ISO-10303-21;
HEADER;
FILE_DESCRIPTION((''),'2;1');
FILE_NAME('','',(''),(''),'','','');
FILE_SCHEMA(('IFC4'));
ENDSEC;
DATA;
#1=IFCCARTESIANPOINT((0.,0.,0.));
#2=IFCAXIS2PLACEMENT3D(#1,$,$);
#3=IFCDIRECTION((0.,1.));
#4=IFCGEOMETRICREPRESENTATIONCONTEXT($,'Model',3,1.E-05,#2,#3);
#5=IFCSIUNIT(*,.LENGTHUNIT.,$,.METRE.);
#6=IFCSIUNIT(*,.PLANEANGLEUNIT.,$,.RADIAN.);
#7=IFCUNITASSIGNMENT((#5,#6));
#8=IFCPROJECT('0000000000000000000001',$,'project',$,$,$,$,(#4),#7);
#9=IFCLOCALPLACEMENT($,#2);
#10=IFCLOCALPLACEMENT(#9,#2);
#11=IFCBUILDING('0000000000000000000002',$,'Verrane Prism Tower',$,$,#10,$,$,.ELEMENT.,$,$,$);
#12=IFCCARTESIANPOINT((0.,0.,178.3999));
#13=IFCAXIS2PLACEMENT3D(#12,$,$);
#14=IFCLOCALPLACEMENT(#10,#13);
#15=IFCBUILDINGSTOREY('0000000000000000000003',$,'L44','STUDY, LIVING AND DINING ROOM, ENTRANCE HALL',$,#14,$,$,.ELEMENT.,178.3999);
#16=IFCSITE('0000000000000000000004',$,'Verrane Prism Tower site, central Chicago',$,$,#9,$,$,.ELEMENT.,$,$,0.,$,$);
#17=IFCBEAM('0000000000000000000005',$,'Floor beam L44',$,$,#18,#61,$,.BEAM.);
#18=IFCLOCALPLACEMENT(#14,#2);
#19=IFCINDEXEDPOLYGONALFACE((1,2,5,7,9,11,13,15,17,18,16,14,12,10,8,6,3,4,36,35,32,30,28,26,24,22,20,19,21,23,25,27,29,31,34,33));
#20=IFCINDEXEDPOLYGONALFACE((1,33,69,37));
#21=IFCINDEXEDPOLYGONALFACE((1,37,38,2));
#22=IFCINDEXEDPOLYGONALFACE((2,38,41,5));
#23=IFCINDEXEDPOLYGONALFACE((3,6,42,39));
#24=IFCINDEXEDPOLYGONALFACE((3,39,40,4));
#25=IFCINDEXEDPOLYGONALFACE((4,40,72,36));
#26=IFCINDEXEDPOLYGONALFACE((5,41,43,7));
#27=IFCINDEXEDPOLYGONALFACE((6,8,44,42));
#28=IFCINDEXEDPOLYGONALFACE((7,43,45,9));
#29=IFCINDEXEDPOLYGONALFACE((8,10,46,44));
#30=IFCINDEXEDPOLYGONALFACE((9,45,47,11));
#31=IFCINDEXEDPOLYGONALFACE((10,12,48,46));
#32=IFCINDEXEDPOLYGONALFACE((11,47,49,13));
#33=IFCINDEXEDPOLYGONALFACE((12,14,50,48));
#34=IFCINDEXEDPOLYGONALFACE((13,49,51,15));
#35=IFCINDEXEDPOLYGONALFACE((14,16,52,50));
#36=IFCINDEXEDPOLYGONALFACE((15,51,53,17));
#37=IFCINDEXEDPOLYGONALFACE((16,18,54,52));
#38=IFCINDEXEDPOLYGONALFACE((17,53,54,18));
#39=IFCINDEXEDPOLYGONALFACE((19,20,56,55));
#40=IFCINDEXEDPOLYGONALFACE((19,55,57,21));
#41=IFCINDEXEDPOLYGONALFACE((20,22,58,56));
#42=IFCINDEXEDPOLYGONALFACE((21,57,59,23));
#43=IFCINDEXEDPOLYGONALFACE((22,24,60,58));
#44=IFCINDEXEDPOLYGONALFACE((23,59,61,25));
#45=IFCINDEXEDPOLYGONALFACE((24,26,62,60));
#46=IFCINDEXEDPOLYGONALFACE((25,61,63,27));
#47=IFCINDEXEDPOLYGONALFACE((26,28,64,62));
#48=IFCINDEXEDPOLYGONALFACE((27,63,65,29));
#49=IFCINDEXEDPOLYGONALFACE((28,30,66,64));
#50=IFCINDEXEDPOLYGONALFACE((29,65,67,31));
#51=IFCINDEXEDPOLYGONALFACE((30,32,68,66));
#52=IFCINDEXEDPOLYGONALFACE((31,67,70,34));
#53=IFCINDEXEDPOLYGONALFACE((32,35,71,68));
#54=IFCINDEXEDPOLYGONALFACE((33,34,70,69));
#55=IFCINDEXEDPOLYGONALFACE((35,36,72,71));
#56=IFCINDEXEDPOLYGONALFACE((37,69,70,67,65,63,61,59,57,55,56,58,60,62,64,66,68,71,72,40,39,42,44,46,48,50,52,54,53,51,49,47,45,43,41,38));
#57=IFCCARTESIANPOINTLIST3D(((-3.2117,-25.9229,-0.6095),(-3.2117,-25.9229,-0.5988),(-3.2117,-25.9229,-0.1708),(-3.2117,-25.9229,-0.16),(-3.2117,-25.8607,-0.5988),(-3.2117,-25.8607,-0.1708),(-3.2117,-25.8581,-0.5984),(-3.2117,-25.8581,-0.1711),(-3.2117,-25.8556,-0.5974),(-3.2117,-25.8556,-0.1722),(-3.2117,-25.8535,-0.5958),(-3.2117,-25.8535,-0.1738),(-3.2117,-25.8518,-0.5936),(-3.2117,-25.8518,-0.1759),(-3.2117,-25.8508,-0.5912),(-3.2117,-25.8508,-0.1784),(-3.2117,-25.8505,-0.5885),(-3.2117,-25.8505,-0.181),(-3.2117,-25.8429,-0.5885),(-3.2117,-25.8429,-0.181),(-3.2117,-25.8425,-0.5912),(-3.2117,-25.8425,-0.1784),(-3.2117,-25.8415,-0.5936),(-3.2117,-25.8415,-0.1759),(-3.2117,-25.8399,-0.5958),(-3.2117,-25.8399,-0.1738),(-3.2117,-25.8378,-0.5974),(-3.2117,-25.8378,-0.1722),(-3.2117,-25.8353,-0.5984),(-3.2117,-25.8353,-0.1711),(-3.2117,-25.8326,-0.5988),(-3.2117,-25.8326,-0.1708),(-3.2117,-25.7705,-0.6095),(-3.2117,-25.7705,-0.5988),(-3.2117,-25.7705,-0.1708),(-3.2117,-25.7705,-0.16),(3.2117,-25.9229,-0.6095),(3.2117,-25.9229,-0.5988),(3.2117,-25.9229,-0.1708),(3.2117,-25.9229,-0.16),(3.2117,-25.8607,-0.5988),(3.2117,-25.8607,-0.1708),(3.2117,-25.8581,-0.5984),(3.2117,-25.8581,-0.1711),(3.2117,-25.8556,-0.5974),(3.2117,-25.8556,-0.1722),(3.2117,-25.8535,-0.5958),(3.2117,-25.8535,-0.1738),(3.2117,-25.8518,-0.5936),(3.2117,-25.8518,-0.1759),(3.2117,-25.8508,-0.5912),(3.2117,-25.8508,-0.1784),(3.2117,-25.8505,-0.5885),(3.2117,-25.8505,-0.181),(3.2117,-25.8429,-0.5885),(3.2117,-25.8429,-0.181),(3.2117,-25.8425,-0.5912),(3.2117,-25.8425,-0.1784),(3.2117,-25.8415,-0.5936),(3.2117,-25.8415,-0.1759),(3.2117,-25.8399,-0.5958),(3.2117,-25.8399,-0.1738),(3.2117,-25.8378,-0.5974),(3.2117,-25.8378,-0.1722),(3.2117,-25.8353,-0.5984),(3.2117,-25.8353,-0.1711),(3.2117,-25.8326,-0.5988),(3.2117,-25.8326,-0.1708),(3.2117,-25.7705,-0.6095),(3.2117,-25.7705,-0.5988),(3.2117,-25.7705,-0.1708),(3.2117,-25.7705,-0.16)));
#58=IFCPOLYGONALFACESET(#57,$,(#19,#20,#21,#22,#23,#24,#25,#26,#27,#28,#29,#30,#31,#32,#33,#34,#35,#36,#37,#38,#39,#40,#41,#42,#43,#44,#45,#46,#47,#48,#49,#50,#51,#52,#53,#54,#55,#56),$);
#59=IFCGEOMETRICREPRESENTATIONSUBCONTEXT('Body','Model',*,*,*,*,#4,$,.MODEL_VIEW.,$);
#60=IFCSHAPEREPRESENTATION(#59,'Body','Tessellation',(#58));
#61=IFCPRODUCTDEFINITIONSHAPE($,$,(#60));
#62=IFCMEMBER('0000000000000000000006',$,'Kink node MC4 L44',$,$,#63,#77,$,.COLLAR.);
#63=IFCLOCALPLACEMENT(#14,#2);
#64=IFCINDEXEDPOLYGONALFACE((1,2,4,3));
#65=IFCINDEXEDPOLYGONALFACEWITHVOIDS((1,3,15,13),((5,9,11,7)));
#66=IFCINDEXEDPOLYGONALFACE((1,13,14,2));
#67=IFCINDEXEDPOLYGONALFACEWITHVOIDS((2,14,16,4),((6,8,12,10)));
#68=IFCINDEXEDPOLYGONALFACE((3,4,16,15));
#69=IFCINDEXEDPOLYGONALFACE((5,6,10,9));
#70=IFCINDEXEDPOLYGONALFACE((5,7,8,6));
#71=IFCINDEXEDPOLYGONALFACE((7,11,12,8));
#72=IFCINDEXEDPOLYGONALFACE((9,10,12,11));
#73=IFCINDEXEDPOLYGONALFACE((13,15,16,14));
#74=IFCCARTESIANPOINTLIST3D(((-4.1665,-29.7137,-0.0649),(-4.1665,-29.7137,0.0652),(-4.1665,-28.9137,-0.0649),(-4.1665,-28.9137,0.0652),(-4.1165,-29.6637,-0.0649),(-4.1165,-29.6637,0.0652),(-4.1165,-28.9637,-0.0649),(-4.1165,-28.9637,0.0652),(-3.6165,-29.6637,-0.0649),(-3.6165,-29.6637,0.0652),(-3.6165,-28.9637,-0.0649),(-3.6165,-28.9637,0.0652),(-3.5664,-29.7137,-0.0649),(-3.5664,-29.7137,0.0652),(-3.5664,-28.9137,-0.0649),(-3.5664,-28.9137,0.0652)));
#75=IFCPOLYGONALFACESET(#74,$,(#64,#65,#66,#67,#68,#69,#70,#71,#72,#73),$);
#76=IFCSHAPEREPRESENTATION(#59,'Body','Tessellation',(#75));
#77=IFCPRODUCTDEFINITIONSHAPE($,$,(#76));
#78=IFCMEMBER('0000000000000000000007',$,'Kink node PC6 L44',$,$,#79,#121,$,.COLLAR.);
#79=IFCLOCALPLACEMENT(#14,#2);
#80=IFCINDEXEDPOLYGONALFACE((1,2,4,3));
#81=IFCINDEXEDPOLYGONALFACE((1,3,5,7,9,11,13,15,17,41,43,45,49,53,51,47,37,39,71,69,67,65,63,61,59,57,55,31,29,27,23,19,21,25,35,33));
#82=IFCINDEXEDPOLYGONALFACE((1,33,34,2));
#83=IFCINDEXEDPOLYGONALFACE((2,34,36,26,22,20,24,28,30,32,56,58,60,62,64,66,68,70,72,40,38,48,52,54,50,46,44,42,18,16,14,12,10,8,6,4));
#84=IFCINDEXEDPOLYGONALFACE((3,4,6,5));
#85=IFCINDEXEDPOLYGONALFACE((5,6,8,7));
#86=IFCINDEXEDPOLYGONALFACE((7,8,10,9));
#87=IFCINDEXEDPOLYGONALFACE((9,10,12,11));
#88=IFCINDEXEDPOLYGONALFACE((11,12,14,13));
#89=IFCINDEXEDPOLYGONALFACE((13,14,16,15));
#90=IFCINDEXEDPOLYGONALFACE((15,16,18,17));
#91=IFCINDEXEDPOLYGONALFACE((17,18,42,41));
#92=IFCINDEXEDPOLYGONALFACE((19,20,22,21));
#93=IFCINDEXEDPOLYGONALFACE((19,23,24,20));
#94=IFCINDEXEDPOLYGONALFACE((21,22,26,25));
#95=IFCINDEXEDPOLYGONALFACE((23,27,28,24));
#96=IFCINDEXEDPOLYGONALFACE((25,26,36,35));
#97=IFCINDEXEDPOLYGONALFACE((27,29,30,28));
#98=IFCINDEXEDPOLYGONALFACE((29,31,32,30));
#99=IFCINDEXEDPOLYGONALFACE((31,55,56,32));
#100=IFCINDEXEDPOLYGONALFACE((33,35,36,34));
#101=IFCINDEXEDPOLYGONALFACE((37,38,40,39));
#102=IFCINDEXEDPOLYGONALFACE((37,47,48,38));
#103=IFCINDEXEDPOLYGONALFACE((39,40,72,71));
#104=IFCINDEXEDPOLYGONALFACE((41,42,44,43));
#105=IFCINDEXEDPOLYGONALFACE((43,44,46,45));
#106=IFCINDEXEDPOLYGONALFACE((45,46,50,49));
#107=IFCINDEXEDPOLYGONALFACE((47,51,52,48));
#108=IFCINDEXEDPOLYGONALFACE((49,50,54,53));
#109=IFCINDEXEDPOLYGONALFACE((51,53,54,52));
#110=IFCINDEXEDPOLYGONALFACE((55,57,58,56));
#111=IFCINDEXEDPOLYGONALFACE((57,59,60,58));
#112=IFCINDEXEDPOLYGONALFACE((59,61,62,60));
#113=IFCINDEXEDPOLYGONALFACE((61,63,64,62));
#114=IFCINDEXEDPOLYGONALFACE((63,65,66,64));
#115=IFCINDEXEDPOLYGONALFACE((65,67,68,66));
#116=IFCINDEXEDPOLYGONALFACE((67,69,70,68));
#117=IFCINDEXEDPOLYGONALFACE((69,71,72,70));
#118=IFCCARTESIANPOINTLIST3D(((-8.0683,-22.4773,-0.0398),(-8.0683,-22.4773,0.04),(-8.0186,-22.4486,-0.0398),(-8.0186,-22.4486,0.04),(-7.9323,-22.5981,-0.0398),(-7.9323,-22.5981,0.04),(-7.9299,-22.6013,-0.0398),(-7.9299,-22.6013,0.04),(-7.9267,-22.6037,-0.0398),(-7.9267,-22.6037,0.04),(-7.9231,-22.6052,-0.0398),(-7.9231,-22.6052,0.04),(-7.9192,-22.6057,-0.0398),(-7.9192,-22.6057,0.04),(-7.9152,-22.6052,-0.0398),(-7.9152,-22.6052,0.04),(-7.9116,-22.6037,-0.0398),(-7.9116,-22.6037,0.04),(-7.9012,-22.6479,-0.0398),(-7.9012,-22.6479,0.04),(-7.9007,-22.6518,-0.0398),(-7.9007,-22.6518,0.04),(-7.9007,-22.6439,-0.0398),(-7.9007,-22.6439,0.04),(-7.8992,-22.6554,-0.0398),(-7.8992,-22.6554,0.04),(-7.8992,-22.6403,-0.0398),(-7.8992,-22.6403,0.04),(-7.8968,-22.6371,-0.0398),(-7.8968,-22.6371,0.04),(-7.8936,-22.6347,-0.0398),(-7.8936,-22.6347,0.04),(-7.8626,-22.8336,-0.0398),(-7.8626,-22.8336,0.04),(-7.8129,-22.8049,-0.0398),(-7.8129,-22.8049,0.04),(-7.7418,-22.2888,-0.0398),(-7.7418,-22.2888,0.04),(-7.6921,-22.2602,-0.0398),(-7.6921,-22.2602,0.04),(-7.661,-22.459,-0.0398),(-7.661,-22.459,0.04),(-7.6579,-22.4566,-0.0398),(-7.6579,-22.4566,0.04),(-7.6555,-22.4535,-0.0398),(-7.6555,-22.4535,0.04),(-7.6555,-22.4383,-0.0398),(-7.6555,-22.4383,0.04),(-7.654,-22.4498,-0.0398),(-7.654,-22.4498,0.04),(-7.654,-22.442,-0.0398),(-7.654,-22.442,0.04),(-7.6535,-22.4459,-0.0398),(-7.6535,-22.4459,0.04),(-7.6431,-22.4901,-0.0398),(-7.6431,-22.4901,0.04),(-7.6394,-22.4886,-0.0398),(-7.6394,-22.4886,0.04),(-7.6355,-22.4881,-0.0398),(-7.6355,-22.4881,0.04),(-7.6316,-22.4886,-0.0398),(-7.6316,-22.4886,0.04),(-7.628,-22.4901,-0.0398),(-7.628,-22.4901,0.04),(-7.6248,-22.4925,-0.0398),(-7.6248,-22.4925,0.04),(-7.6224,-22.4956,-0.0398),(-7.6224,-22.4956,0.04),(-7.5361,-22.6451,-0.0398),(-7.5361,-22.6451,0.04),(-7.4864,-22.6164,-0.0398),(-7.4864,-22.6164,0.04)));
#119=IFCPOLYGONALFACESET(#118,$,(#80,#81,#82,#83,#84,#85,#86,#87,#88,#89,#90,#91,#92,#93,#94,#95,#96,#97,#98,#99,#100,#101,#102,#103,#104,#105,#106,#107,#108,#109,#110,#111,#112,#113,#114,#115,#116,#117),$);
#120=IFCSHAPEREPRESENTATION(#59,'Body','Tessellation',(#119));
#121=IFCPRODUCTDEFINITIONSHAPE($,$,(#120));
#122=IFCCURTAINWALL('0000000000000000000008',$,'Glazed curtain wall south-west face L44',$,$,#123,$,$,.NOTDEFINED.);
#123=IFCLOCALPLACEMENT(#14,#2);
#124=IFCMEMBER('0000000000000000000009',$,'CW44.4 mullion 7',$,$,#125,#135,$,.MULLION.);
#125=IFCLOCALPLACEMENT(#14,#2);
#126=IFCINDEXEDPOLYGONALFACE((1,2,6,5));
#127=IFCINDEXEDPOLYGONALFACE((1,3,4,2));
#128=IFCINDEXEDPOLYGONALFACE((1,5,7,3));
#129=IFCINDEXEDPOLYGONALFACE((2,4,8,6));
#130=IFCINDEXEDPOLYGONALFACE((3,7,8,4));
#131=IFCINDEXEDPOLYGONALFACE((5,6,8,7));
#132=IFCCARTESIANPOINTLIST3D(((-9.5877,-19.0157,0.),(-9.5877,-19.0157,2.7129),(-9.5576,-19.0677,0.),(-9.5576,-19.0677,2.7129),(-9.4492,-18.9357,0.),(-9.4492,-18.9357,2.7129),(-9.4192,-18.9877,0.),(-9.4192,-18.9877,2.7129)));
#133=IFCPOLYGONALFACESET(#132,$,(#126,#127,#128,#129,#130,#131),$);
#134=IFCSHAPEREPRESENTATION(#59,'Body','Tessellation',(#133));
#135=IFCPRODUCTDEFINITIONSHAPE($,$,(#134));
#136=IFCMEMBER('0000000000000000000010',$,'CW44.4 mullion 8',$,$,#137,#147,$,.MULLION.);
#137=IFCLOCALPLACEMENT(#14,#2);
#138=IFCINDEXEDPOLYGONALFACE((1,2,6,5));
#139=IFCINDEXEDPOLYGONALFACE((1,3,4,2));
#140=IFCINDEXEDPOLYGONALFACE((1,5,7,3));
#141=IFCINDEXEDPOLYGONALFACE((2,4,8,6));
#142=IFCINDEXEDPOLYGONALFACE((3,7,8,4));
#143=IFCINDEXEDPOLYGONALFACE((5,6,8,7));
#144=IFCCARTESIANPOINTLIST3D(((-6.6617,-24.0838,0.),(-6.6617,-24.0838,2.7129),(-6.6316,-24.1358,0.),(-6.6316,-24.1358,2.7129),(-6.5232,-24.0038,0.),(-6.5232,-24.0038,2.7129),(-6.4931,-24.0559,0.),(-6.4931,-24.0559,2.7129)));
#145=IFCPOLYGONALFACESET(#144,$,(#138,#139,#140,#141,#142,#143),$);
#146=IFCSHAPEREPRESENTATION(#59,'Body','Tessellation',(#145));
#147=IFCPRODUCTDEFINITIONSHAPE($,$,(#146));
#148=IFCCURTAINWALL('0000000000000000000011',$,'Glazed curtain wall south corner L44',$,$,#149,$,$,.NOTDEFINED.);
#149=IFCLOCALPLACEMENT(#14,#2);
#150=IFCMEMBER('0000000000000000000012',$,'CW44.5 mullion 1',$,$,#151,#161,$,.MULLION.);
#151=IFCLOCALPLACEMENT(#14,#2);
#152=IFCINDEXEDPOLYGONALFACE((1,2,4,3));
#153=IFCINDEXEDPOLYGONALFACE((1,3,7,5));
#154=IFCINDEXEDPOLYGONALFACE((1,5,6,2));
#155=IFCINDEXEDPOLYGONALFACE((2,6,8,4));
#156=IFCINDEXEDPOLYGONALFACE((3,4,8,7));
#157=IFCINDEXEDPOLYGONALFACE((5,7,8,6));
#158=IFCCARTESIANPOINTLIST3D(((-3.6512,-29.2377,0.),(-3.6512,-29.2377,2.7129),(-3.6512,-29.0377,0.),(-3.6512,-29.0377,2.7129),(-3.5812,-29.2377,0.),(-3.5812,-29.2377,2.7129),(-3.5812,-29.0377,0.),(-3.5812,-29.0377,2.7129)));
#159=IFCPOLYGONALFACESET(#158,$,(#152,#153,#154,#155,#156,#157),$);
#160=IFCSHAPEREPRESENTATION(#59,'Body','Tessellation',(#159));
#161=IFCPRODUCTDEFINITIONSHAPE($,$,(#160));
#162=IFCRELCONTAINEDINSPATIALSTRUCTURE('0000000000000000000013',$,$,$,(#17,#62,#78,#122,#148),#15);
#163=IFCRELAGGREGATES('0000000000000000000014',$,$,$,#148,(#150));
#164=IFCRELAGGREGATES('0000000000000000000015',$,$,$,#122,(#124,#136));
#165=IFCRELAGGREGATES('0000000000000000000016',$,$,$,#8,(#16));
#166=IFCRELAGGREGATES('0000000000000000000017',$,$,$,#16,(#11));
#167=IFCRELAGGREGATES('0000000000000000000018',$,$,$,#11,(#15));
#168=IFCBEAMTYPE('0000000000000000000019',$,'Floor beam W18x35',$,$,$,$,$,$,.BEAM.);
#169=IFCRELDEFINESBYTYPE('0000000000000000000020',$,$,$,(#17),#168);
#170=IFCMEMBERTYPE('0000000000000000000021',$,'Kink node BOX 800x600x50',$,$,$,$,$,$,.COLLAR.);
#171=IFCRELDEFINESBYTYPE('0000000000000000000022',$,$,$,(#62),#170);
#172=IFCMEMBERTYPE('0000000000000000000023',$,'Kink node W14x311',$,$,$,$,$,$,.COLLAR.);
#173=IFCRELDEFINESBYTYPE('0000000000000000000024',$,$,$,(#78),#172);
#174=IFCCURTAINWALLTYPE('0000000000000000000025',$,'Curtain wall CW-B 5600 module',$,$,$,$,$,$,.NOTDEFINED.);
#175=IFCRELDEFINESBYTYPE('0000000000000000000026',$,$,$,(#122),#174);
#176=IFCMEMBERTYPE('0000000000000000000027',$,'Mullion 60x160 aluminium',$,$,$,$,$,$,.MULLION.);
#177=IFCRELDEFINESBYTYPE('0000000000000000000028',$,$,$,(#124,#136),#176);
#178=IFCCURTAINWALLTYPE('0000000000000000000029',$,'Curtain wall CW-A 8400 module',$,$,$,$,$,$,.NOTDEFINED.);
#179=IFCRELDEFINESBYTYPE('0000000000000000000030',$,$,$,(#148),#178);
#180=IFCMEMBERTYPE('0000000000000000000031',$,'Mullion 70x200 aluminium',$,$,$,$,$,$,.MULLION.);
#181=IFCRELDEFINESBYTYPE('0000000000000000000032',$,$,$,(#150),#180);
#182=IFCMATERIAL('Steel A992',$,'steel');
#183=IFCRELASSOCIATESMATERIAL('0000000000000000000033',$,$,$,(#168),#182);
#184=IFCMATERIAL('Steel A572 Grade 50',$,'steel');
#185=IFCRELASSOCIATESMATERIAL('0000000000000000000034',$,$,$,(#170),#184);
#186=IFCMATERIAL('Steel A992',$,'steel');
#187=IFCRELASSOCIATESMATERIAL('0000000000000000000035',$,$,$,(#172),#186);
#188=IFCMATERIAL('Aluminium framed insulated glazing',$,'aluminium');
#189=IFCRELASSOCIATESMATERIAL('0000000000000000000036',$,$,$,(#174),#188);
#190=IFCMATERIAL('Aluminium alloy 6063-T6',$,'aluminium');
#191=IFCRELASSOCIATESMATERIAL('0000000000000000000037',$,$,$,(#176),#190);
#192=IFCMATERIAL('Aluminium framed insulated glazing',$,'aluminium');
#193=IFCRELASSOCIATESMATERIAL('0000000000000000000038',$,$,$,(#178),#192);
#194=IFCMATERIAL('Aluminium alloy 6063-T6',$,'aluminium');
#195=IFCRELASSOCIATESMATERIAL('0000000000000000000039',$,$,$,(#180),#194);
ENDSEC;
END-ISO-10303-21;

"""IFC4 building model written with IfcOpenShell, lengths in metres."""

from ifc_helpers import new_model, si_unit, direction, frame, origin, origin_2d, place, context, subcontext, project, spatial, rectangle, hollow_rectangle, i_section, extrude, material, material_profile, profile_set, type_object, element, aggregate, save


model = new_model("IFC4")

# Units and contexts
model_context = context("Model", 3, precision=1e-05, world=origin(), true_north=direction((0.0, 1.0)))
body_context = subcontext(model_context, "Body", "Model", "MODEL_VIEW")
ifc_project = project(units=[si_unit("LENGTHUNIT", "METRE"), si_unit("PLANEANGLEUNIT", "RADIAN")], contexts=[model_context])

# Site, building, storey
site_placement = place(None, origin())
site = spatial("IfcSite", under=ifc_project, at=site_placement, Name="Verrane Prism Tower site, central Chicago", CompositionType="ELEMENT", RefElevation=0.0)
building_placement = place(site_placement, origin())
building = spatial("IfcBuilding", under=site, at=building_placement, Name="Verrane Prism Tower", CompositionType="ELEMENT")
storey_placement = place(building_placement, frame((0.0, 0.0, 178.3999)))
storey = spatial("IfcBuildingStorey", under=building, at=storey_placement, Name="L44", Description="STUDY, LIVING AND DINING ROOM, ENTRANCE HALL", CompositionType="ELEMENT", Elevation=178.3999)

# Beam
ifc_material_1 = material(Name="Steel A992", Category="steel")
ifc_material_profile_1 = material_profile(ifc_material_1, i_section(OverallWidth=0.1523, OverallDepth=0.4495, WebThickness=0.0076, FlangeThickness=0.0107, FilletRadius=0.0103, at=origin_2d()), Name="W18x35")
ifc_profile_set_1 = profile_set([ifc_material_profile_1], Name="Steel A992")
beam_type_1 = type_object("IfcBeamType", Name="Floor beam W18x35", PredefinedType="BEAM", material=ifc_profile_set_1)
beam_1_placement = place(storey_placement, frame((-3.2117, -25.8467, -0.3848), z_axis=(1.0, 0.0, 0.0), x_axis=(0.0, 1.0, 0.0)))
element("IfcBeam", 1, at=beam_1_placement, inside=storey, type_object=beam_type_1, Name="Floor beam L44", PredefinedType="BEAM", context=body_context, shape_type="SweptSolid", body=[
    extrude(i_section(OverallWidth=0.1523, OverallDepth=0.4495, WebThickness=0.0076, FlangeThickness=0.0107, FilletRadius=0.0103, at=origin_2d()), origin(), (0.0, 0.0, 1.0), 6.4233),
])

# Members
ifc_material_2 = material(Name="Steel A572 Grade 50", Category="steel")
ifc_material_profile_2 = material_profile(ifc_material_2, hollow_rectangle(XDim=0.6001, YDim=0.8, WallThickness=0.05, at=origin_2d()), Name="BOX 800x600x50")
ifc_profile_set_2 = profile_set([ifc_material_profile_2], Name="Steel A572 Grade 50")
member_type_1 = type_object("IfcMemberType", Name="Kink node BOX 800x600x50", PredefinedType="COLLAR", material=ifc_profile_set_2)
member_1_placement = place(storey_placement, frame((-3.8665, -29.3137, -0.0649), z_axis=(0.0, 0.0, 1.0), x_axis=(-1.0, 0.0, 0.0)))
element("IfcMember", 2, at=member_1_placement, inside=storey, type_object=member_type_1, Name="Kink node MC4 L44", PredefinedType="COLLAR", context=body_context, shape_type="SweptSolid", body=[
    extrude(hollow_rectangle(XDim=0.6001, YDim=0.8, WallThickness=0.05, at=origin_2d()), origin(), (0.0, 0.0, 1.0), 0.1301),
])
ifc_material_3 = material(Name="Steel A992", Category="steel")
ifc_material_profile_3 = material_profile(ifc_material_3, i_section(OverallWidth=0.4114, OverallDepth=0.4343, WebThickness=0.0359, FlangeThickness=0.0574, FilletRadius=0.0151, at=origin_2d()), Name="W14x311")
ifc_profile_set_3 = profile_set([ifc_material_profile_3], Name="Steel A992")
member_type_2 = type_object("IfcMemberType", Name="Kink node W14x311", PredefinedType="COLLAR", material=ifc_profile_set_3)
member_2_placement = place(storey_placement, frame((-7.7773, -22.5469, -0.0398), z_axis=(0.0, 0.0, 1.0), x_axis=(-0.5, 0.866025, 0.0)))
element("IfcMember", 3, at=member_2_placement, inside=storey, type_object=member_type_2, Name="Kink node PC6 L44", PredefinedType="COLLAR", context=body_context, shape_type="SweptSolid", body=[
    extrude(i_section(OverallWidth=0.4114, OverallDepth=0.4343, WebThickness=0.0359, FlangeThickness=0.0574, FilletRadius=0.0151, at=origin_2d()), origin(), (0.0, 0.0, 1.0), 0.0798),
])

# Curtain wall, members
ifc_material_4 = material(Name="Aluminium framed insulated glazing", Category="aluminium")
curtain_wall_type_1 = type_object("IfcCurtainWallType", Name="Curtain wall CW-B 5600 module", PredefinedType="NOTDEFINED", material=ifc_material_4)
curtain_wall_1_placement = place(storey_placement, origin())
curtain_wall_1 = element("IfcCurtainWall", 4, at=curtain_wall_1_placement, inside=storey, type_object=curtain_wall_type_1, Name="Glazed curtain wall south-west face L44", PredefinedType="NOTDEFINED")
ifc_material_5 = material(Name="Aluminium alloy 6063-T6", Category="aluminium")
ifc_material_profile_4 = material_profile(ifc_material_5, rectangle(XDim=0.1599, YDim=0.0601, at=origin_2d()), Name="Mullion 60x160 aluminium")
ifc_profile_set_4 = profile_set([ifc_material_profile_4], Name="Aluminium alloy 6063-T6")
member_type_3 = type_object("IfcMemberType", Name="Mullion 60x160 aluminium", PredefinedType="MULLION", material=ifc_profile_set_4)
member_3_placement = place(storey_placement, frame((-9.5034, -19.0017, 0.0), z_axis=(0.0, 0.0, 1.0), x_axis=(0.866026, 0.499999, 0.0)))
member_3 = element("IfcMember", 5, at=member_3_placement, type_object=member_type_3, Name="CW44.4 mullion 7", PredefinedType="MULLION", context=body_context, shape_type="SweptSolid", body=[
    extrude(rectangle(XDim=0.1599, YDim=0.0601, at=origin_2d()), origin(), (0.0, 0.0, 1.0), 2.7129),
])
member_4_placement = place(storey_placement, frame((-6.5774, -24.0698, 0.0), z_axis=(0.0, 0.0, 1.0), x_axis=(0.866026, 0.499999, 0.0)))
member_4 = element("IfcMember", 6, at=member_4_placement, type_object=member_type_3, Name="CW44.4 mullion 8", PredefinedType="MULLION", context=body_context, shape_type="SweptSolid", body=[
    extrude(rectangle(XDim=0.1599, YDim=0.0601, at=origin_2d()), origin(), (0.0, 0.0, 1.0), 2.7129),
])

# Curtain wall, member
ifc_material_6 = material(Name="Aluminium framed insulated glazing", Category="aluminium")
curtain_wall_type_2 = type_object("IfcCurtainWallType", Name="Curtain wall CW-A 8400 module", PredefinedType="NOTDEFINED", material=ifc_material_6)
curtain_wall_2_placement = place(storey_placement, origin())
curtain_wall_2 = element("IfcCurtainWall", 7, at=curtain_wall_2_placement, inside=storey, type_object=curtain_wall_type_2, Name="Glazed curtain wall south corner L44", PredefinedType="NOTDEFINED")
ifc_material_7 = material(Name="Aluminium alloy 6063-T6", Category="aluminium")
ifc_material_profile_5 = material_profile(ifc_material_7, rectangle(XDim=0.2, YDim=0.0701, at=origin_2d()), Name="Mullion 70x200 aluminium")
ifc_profile_set_5 = profile_set([ifc_material_profile_5], Name="Aluminium alloy 6063-T6")
member_type_4 = type_object("IfcMemberType", Name="Mullion 70x200 aluminium", PredefinedType="MULLION", material=ifc_profile_set_5)
member_5_placement = place(storey_placement, frame((-3.6162, -29.1377, 0.0), z_axis=(0.0, 0.0, 1.0), x_axis=(0.0, 1.0, 0.0)))
member_5 = element("IfcMember", 8, at=member_5_placement, type_object=member_type_4, Name="CW44.5 mullion 1", PredefinedType="MULLION", context=body_context, shape_type="SweptSolid", body=[
    extrude(rectangle(XDim=0.2, YDim=0.0701, at=origin_2d()), origin(), (0.0, 0.0, 1.0), 2.7129),
])

aggregate(curtain_wall_2, [member_5])

aggregate(curtain_wall_1, [member_3, member_4])

save(model, "model.ifc")
